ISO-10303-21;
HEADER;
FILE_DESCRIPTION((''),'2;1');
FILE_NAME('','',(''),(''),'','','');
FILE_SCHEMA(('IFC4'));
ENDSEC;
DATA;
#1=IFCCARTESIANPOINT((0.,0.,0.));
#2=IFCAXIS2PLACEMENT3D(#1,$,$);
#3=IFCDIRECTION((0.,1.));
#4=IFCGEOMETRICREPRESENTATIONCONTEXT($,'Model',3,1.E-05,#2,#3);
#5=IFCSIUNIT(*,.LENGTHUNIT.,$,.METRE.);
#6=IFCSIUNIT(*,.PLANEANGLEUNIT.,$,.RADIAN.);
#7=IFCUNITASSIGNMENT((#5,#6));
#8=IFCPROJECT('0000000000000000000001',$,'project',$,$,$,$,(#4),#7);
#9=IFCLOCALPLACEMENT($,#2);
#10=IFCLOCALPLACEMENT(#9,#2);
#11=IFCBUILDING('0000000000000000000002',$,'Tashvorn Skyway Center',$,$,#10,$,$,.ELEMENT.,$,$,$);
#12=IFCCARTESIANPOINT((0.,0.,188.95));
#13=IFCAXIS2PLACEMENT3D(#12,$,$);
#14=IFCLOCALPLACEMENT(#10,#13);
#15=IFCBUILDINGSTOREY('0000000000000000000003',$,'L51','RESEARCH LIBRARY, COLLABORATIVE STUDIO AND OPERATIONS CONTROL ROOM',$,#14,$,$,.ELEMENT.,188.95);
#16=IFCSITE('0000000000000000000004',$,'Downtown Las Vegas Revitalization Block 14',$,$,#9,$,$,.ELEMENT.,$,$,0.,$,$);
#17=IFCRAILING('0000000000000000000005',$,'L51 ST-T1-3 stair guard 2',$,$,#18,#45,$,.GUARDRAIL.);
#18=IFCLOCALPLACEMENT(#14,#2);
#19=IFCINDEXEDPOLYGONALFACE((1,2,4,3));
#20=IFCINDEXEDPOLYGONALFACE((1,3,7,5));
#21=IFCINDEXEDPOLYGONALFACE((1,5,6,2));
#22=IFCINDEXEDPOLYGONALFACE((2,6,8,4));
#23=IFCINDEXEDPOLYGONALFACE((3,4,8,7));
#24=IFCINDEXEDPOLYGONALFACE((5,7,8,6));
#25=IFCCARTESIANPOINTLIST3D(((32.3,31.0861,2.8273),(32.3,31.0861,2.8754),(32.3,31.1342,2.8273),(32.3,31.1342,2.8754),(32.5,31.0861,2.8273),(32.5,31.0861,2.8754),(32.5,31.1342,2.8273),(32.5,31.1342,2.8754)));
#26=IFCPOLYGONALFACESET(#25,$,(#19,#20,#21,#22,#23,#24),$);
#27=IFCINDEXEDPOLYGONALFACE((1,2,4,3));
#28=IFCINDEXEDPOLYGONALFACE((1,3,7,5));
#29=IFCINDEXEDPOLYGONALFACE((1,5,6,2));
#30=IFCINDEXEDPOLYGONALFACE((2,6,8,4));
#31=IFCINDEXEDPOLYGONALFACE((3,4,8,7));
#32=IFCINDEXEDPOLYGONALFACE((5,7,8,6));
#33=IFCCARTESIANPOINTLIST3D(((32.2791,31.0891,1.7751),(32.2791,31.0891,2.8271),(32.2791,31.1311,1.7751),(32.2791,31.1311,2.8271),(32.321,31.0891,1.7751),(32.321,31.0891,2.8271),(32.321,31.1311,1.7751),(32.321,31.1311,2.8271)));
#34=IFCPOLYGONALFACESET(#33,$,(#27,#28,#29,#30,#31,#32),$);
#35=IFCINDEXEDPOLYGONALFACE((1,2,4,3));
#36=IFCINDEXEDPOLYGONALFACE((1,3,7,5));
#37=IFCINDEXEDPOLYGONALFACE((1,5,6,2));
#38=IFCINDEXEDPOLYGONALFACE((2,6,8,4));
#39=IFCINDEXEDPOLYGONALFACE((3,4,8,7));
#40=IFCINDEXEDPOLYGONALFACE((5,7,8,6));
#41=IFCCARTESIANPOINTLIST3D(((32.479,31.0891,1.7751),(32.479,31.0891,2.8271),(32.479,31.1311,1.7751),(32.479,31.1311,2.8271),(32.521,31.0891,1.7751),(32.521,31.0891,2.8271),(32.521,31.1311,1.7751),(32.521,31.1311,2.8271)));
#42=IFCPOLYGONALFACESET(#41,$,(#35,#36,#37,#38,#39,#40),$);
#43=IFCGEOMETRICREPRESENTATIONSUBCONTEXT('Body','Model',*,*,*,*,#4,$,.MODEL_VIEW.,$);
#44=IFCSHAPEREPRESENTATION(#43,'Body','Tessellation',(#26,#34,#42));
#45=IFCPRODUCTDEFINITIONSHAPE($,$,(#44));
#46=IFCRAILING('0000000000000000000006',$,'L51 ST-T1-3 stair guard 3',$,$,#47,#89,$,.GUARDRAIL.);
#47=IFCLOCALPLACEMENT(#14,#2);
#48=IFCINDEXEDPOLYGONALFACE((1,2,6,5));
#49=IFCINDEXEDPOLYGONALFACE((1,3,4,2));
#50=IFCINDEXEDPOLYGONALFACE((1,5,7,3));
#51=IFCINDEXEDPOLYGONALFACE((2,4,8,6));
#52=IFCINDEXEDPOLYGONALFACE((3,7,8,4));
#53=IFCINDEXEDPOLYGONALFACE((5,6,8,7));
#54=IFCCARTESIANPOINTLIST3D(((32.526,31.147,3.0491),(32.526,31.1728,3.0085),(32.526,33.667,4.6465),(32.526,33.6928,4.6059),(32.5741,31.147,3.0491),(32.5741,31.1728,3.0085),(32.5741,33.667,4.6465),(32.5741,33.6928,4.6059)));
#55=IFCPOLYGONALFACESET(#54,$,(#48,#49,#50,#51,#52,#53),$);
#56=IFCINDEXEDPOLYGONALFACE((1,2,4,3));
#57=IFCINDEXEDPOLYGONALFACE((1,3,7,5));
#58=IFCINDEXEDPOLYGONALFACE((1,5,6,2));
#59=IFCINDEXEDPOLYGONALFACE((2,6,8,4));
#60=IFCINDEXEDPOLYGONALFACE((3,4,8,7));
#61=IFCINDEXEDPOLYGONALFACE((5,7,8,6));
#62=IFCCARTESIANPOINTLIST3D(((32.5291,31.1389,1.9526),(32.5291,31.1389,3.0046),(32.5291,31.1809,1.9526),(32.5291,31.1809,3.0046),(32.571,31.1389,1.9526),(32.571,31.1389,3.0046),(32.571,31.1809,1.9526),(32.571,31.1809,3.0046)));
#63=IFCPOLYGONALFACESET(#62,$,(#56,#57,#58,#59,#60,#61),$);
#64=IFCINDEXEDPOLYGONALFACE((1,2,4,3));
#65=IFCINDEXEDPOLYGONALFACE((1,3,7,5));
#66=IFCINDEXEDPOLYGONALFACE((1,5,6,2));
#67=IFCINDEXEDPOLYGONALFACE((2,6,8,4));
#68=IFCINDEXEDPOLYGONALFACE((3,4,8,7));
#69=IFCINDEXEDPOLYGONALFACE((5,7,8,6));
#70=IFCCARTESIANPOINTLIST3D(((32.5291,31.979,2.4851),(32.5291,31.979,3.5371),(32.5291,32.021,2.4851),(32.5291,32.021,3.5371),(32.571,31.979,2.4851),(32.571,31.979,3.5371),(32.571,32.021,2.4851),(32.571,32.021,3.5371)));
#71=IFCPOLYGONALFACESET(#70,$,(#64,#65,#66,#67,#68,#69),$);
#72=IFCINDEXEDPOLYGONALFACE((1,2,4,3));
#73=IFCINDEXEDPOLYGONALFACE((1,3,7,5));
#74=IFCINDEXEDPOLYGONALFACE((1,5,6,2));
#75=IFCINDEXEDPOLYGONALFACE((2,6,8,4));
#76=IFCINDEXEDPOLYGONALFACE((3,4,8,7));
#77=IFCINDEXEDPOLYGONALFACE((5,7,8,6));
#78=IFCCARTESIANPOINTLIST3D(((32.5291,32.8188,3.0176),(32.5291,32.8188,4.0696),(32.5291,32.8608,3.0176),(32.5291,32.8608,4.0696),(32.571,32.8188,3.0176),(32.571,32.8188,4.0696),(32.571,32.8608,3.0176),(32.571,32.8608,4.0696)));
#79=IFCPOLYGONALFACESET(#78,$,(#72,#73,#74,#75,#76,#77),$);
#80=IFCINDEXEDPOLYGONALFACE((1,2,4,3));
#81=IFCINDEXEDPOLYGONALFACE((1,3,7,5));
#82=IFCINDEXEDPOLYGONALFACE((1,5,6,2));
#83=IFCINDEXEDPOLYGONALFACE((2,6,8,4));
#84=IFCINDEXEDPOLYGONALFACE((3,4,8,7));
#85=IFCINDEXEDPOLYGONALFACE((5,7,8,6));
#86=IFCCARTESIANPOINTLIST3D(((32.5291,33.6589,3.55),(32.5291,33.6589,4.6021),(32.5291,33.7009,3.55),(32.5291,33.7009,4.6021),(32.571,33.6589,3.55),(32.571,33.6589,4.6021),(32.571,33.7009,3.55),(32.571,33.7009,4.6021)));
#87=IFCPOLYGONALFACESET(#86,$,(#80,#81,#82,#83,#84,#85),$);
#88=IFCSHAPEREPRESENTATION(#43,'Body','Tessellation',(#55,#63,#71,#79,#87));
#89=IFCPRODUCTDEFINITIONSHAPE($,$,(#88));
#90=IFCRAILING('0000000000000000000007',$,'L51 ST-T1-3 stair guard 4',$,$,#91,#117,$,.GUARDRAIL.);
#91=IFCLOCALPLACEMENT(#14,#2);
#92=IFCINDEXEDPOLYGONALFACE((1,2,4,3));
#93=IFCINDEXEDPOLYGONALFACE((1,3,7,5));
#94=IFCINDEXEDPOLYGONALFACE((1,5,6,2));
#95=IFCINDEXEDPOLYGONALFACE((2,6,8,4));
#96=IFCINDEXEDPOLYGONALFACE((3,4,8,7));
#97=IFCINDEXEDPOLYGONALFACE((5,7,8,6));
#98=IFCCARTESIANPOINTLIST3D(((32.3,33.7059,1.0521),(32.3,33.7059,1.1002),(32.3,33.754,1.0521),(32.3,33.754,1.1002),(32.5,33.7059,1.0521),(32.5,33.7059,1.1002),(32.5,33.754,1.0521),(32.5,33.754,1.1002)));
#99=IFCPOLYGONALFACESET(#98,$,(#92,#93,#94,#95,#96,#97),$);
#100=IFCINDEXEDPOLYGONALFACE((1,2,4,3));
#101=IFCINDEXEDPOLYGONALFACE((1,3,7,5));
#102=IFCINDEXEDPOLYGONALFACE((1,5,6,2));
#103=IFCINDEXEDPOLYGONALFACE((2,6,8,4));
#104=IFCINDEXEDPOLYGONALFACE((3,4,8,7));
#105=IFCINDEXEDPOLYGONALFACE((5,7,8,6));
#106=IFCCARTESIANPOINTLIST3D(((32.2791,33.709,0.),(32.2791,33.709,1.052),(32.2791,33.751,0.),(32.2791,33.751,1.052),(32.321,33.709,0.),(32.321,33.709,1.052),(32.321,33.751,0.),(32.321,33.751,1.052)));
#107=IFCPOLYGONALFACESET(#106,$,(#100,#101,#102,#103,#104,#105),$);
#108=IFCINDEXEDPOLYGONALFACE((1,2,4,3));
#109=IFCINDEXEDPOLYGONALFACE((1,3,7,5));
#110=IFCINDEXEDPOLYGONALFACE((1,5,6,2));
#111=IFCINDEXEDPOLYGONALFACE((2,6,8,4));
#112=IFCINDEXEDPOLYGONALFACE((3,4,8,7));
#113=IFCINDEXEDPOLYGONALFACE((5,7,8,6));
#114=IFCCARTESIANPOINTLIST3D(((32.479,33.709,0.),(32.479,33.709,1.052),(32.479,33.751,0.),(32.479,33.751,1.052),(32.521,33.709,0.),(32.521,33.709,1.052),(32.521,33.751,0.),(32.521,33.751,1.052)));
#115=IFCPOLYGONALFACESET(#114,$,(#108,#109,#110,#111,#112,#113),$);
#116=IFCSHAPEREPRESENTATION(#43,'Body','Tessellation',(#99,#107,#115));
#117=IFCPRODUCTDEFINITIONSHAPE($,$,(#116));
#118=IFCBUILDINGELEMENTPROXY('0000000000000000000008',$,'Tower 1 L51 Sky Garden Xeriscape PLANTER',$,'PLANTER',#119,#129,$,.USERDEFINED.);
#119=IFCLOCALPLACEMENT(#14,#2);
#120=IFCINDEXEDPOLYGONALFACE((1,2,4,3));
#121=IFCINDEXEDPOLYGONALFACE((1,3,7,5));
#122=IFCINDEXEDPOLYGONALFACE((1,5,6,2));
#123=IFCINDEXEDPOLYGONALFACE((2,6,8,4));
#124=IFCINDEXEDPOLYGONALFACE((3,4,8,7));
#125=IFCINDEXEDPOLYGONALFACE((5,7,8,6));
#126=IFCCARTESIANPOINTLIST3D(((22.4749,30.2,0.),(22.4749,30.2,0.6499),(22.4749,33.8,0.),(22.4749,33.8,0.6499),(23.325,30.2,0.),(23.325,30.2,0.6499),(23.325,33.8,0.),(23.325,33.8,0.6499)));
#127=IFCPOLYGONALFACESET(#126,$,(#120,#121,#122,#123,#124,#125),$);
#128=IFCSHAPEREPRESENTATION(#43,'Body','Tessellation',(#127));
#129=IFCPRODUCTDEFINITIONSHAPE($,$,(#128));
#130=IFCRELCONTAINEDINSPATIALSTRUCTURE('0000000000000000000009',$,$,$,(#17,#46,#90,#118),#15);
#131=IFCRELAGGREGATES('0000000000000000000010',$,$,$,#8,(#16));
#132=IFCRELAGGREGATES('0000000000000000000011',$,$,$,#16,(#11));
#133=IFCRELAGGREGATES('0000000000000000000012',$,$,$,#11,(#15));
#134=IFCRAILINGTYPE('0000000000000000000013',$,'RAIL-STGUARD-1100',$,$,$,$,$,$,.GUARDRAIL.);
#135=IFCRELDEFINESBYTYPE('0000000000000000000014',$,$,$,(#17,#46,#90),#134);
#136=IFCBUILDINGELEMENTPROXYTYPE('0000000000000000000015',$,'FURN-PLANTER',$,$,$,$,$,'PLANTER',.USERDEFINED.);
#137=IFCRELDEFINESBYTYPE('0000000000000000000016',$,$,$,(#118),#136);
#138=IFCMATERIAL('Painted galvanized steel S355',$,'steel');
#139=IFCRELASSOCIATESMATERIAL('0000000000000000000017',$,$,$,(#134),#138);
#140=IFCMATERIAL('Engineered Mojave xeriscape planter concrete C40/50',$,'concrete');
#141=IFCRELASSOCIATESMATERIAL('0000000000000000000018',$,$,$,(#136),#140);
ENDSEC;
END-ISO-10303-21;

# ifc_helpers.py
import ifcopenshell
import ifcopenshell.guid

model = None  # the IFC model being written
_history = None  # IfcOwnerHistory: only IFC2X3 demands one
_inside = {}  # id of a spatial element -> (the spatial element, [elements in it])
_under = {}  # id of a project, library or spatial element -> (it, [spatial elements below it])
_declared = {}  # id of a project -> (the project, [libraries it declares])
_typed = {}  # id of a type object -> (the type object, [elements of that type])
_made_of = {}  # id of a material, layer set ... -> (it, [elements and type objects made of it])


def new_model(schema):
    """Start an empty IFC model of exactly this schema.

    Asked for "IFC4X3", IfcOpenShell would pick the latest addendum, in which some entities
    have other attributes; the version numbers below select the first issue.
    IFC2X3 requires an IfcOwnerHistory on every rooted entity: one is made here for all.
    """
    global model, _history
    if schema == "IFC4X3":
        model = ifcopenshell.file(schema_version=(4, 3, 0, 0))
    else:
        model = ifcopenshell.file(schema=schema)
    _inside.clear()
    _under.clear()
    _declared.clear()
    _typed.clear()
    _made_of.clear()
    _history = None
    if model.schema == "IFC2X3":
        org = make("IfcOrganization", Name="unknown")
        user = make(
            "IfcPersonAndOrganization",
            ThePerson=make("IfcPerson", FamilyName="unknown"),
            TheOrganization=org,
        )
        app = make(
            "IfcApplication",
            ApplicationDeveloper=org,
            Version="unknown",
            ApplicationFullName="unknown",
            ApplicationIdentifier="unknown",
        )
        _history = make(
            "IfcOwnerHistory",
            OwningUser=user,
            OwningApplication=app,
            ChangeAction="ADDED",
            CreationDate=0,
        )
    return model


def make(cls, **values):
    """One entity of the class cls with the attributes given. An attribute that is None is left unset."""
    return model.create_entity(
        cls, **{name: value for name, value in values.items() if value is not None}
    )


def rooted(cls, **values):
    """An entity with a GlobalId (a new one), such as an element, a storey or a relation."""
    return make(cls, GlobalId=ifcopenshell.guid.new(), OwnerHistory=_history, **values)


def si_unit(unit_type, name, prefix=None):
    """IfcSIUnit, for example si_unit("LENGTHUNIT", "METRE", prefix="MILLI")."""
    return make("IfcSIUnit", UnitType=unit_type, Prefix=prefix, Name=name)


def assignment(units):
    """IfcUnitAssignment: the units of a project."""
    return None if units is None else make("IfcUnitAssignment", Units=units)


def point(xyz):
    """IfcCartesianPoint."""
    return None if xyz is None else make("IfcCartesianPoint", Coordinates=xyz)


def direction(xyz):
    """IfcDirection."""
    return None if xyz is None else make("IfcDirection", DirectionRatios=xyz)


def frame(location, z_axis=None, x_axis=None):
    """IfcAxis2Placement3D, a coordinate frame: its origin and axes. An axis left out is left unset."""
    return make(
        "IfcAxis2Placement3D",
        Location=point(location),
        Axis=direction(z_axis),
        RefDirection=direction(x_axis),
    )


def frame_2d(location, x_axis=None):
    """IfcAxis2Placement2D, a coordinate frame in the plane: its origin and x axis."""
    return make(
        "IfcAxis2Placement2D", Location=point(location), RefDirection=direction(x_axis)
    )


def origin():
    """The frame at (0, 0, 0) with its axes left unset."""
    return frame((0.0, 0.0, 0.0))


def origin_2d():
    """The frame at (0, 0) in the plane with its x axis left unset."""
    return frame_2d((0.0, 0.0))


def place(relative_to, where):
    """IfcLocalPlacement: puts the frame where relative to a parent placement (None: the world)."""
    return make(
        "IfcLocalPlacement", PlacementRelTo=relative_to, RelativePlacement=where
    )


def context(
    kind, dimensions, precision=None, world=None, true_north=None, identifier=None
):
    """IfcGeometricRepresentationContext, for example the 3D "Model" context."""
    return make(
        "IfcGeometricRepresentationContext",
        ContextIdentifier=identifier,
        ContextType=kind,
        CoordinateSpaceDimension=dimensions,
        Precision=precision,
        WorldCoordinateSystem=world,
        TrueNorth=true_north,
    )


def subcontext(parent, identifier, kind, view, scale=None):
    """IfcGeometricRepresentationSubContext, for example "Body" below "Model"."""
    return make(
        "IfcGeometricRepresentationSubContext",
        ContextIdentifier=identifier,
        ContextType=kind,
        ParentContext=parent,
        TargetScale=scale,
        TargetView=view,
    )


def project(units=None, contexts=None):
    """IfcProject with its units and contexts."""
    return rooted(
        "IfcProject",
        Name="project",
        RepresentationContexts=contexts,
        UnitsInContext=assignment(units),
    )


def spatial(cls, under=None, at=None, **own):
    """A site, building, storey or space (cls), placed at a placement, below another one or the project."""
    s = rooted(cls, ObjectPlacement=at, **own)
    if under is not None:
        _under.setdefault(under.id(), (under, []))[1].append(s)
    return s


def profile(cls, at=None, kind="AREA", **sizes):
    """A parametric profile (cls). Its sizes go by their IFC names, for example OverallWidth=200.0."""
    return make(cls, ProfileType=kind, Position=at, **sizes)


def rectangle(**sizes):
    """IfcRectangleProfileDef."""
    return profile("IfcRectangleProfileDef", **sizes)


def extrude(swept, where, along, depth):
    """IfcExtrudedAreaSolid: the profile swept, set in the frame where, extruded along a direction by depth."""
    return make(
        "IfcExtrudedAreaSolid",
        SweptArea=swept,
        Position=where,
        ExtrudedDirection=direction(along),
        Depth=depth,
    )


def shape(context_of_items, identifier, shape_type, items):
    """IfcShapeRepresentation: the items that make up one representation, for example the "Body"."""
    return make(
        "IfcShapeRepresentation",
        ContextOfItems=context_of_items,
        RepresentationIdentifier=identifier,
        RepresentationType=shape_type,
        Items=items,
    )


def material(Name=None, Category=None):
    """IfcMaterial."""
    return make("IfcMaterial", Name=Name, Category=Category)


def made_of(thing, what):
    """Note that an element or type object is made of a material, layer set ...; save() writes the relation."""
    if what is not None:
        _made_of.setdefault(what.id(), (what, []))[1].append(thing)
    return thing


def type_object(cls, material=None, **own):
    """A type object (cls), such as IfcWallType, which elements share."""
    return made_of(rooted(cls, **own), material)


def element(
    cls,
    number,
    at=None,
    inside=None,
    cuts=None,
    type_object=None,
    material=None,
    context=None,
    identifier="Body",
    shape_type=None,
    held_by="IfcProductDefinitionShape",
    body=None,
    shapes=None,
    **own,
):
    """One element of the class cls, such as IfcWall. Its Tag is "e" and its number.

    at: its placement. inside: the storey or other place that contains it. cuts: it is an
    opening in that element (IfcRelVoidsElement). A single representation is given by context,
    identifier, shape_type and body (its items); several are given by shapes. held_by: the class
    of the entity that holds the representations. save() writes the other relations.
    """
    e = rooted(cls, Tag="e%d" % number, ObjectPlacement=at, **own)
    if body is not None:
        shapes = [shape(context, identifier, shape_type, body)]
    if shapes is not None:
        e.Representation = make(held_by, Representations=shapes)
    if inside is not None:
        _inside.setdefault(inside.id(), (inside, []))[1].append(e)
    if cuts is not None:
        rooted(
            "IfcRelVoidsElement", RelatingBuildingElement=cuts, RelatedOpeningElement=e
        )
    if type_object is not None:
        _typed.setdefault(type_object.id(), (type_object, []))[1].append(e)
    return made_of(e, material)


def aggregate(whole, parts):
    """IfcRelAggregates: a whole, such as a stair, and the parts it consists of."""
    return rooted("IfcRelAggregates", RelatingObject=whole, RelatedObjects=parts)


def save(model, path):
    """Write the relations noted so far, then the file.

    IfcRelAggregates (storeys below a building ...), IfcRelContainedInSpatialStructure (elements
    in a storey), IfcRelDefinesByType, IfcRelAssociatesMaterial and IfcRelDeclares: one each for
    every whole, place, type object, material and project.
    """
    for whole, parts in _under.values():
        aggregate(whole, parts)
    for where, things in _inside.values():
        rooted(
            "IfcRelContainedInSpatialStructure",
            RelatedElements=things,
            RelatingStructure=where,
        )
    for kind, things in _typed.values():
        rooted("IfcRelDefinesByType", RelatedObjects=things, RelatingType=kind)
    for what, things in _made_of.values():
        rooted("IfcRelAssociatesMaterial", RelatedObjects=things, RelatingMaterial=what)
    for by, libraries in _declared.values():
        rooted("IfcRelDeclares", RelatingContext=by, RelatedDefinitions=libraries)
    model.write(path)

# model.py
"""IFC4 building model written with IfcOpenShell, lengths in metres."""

from ifc_helpers import new_model, si_unit, direction, frame, origin, origin_2d, place, context, subcontext, project, spatial, rectangle, extrude, material, type_object, element, save


model = new_model("IFC4")

# Units and contexts
model_context = context("Model", 3, precision=1e-05, world=origin(), true_north=direction((0.0, 1.0)))
body_context = subcontext(model_context, "Body", "Model", "MODEL_VIEW")
ifc_project = project(units=[si_unit("LENGTHUNIT", "METRE"), si_unit("PLANEANGLEUNIT", "RADIAN")], contexts=[model_context])

# Site, building, storey
site_placement = place(None, origin())
site = spatial("IfcSite", under=ifc_project, at=site_placement, Name="Downtown Las Vegas Revitalization Block 14", CompositionType="ELEMENT", RefElevation=0.0)
building_placement = place(site_placement, origin())
building = spatial("IfcBuilding", under=site, at=building_placement, Name="Tashvorn Skyway Center", CompositionType="ELEMENT")
storey_placement = place(building_placement, frame((0.0, 0.0, 188.95)))
storey = spatial("IfcBuildingStorey", under=building, at=storey_placement, Name="L51", Description="RESEARCH LIBRARY, COLLABORATIVE STUDIO AND OPERATIONS CONTROL ROOM", CompositionType="ELEMENT", Elevation=188.95)

# Railings
ifc_material_1 = material(Name="Painted galvanized steel S355", Category="steel")
railing_type_1 = type_object("IfcRailingType", Name="RAIL-STGUARD-1100", PredefinedType="GUARDRAIL", material=ifc_material_1)
railing_1_placement = place(storey_placement, frame((32.3, 31.1101, 1.7751)))
element("IfcRailing", 1, at=railing_1_placement, inside=storey, type_object=railing_type_1, Name="L51 ST-T1-3 stair guard 2", PredefinedType="GUARDRAIL", context=body_context, shape_type="SweptSolid", body=[
    extrude(rectangle(XDim=0.0481, YDim=0.0481, at=origin_2d()), frame((0.0, 0.0, 1.0762), z_axis=(1.0, 0.0, 0.0), x_axis=(0.0, 1.0, 0.0)), (0.0, 0.0, 1.0), 0.2),
    extrude(rectangle(XDim=0.042, YDim=0.042, at=origin_2d()), origin(), (0.0, 0.0, 1.0), 1.052),
    extrude(rectangle(XDim=0.042, YDim=0.042, at=origin_2d()), frame((0.2, 0.0, 0.0)), (0.0, 0.0, 1.0), 1.052),
])
railing_2_placement = place(storey_placement, frame((32.55, 31.1599, 1.9526)))
element("IfcRailing", 2, at=railing_2_placement, inside=storey, type_object=railing_type_1, Name="L51 ST-T1-3 stair guard 3", PredefinedType="GUARDRAIL", context=body_context, shape_type="SweptSolid", body=[
    extrude(rectangle(XDim=0.0481, YDim=0.0481, at=origin_2d()), frame((0.0, 0.0, 1.0762), z_axis=(0.0, 0.844607, 0.535387), x_axis=(-1.0, 0.0, 0.0)), (0.0, 0.0, 1.0), 2.9836),
    extrude(rectangle(XDim=0.042, YDim=0.042, at=origin_2d()), origin(), (0.0, 0.0, 1.0), 1.052),
    extrude(rectangle(XDim=0.042, YDim=0.042, at=origin_2d()), frame((0.0, 0.8401, 0.5325)), (0.0, 0.0, 1.0), 1.052),
    extrude(rectangle(XDim=0.042, YDim=0.042, at=origin_2d()), frame((0.0, 1.6799, 1.0649)), (0.0, 0.0, 1.0), 1.052),
    extrude(rectangle(XDim=0.042, YDim=0.042, at=origin_2d()), frame((0.0, 2.52, 1.5974)), (0.0, 0.0, 1.0), 1.052),
])
railing_3_placement = place(storey_placement, frame((32.3, 33.73, 0.0)))
element("IfcRailing", 3, at=railing_3_placement, inside=storey, type_object=railing_type_1, Name="L51 ST-T1-3 stair guard 4", PredefinedType="GUARDRAIL", context=body_context, shape_type="SweptSolid", body=[
    extrude(rectangle(XDim=0.0481, YDim=0.0481, at=origin_2d()), frame((0.0, 0.0, 1.0762), z_axis=(1.0, 0.0, 0.0), x_axis=(0.0, 1.0, 0.0)), (0.0, 0.0, 1.0), 0.2),
    extrude(rectangle(XDim=0.042, YDim=0.042, at=origin_2d()), origin(), (0.0, 0.0, 1.0), 1.052),
    extrude(rectangle(XDim=0.042, YDim=0.042, at=origin_2d()), frame((0.2, 0.0, 0.0)), (0.0, 0.0, 1.0), 1.052),
])

# Building element proxy
ifc_material_2 = material(Name="Engineered Mojave xeriscape planter concrete C40/50", Category="concrete")
building_element_proxy_type = type_object("IfcBuildingElementProxyType", Name="FURN-PLANTER", ElementType="PLANTER", PredefinedType="USERDEFINED", material=ifc_material_2)
proxy_placement = place(storey_placement, frame((22.8999, 32.0, 0.0), z_axis=(0.0, 0.0, 1.0), x_axis=(0.0, 1.0, 0.0)))
element("IfcBuildingElementProxy", 4, at=proxy_placement, inside=storey, type_object=building_element_proxy_type, Name="Tower 1 L51 Sky Garden Xeriscape PLANTER", ObjectType="PLANTER", PredefinedType="USERDEFINED", context=body_context, shape_type="SweptSolid", body=[
    extrude(rectangle(XDim=3.6001, YDim=0.8501, at=origin_2d()), origin(), (0.0, 0.0, 1.0), 0.6499),
])

save(model, "model.ifc")
